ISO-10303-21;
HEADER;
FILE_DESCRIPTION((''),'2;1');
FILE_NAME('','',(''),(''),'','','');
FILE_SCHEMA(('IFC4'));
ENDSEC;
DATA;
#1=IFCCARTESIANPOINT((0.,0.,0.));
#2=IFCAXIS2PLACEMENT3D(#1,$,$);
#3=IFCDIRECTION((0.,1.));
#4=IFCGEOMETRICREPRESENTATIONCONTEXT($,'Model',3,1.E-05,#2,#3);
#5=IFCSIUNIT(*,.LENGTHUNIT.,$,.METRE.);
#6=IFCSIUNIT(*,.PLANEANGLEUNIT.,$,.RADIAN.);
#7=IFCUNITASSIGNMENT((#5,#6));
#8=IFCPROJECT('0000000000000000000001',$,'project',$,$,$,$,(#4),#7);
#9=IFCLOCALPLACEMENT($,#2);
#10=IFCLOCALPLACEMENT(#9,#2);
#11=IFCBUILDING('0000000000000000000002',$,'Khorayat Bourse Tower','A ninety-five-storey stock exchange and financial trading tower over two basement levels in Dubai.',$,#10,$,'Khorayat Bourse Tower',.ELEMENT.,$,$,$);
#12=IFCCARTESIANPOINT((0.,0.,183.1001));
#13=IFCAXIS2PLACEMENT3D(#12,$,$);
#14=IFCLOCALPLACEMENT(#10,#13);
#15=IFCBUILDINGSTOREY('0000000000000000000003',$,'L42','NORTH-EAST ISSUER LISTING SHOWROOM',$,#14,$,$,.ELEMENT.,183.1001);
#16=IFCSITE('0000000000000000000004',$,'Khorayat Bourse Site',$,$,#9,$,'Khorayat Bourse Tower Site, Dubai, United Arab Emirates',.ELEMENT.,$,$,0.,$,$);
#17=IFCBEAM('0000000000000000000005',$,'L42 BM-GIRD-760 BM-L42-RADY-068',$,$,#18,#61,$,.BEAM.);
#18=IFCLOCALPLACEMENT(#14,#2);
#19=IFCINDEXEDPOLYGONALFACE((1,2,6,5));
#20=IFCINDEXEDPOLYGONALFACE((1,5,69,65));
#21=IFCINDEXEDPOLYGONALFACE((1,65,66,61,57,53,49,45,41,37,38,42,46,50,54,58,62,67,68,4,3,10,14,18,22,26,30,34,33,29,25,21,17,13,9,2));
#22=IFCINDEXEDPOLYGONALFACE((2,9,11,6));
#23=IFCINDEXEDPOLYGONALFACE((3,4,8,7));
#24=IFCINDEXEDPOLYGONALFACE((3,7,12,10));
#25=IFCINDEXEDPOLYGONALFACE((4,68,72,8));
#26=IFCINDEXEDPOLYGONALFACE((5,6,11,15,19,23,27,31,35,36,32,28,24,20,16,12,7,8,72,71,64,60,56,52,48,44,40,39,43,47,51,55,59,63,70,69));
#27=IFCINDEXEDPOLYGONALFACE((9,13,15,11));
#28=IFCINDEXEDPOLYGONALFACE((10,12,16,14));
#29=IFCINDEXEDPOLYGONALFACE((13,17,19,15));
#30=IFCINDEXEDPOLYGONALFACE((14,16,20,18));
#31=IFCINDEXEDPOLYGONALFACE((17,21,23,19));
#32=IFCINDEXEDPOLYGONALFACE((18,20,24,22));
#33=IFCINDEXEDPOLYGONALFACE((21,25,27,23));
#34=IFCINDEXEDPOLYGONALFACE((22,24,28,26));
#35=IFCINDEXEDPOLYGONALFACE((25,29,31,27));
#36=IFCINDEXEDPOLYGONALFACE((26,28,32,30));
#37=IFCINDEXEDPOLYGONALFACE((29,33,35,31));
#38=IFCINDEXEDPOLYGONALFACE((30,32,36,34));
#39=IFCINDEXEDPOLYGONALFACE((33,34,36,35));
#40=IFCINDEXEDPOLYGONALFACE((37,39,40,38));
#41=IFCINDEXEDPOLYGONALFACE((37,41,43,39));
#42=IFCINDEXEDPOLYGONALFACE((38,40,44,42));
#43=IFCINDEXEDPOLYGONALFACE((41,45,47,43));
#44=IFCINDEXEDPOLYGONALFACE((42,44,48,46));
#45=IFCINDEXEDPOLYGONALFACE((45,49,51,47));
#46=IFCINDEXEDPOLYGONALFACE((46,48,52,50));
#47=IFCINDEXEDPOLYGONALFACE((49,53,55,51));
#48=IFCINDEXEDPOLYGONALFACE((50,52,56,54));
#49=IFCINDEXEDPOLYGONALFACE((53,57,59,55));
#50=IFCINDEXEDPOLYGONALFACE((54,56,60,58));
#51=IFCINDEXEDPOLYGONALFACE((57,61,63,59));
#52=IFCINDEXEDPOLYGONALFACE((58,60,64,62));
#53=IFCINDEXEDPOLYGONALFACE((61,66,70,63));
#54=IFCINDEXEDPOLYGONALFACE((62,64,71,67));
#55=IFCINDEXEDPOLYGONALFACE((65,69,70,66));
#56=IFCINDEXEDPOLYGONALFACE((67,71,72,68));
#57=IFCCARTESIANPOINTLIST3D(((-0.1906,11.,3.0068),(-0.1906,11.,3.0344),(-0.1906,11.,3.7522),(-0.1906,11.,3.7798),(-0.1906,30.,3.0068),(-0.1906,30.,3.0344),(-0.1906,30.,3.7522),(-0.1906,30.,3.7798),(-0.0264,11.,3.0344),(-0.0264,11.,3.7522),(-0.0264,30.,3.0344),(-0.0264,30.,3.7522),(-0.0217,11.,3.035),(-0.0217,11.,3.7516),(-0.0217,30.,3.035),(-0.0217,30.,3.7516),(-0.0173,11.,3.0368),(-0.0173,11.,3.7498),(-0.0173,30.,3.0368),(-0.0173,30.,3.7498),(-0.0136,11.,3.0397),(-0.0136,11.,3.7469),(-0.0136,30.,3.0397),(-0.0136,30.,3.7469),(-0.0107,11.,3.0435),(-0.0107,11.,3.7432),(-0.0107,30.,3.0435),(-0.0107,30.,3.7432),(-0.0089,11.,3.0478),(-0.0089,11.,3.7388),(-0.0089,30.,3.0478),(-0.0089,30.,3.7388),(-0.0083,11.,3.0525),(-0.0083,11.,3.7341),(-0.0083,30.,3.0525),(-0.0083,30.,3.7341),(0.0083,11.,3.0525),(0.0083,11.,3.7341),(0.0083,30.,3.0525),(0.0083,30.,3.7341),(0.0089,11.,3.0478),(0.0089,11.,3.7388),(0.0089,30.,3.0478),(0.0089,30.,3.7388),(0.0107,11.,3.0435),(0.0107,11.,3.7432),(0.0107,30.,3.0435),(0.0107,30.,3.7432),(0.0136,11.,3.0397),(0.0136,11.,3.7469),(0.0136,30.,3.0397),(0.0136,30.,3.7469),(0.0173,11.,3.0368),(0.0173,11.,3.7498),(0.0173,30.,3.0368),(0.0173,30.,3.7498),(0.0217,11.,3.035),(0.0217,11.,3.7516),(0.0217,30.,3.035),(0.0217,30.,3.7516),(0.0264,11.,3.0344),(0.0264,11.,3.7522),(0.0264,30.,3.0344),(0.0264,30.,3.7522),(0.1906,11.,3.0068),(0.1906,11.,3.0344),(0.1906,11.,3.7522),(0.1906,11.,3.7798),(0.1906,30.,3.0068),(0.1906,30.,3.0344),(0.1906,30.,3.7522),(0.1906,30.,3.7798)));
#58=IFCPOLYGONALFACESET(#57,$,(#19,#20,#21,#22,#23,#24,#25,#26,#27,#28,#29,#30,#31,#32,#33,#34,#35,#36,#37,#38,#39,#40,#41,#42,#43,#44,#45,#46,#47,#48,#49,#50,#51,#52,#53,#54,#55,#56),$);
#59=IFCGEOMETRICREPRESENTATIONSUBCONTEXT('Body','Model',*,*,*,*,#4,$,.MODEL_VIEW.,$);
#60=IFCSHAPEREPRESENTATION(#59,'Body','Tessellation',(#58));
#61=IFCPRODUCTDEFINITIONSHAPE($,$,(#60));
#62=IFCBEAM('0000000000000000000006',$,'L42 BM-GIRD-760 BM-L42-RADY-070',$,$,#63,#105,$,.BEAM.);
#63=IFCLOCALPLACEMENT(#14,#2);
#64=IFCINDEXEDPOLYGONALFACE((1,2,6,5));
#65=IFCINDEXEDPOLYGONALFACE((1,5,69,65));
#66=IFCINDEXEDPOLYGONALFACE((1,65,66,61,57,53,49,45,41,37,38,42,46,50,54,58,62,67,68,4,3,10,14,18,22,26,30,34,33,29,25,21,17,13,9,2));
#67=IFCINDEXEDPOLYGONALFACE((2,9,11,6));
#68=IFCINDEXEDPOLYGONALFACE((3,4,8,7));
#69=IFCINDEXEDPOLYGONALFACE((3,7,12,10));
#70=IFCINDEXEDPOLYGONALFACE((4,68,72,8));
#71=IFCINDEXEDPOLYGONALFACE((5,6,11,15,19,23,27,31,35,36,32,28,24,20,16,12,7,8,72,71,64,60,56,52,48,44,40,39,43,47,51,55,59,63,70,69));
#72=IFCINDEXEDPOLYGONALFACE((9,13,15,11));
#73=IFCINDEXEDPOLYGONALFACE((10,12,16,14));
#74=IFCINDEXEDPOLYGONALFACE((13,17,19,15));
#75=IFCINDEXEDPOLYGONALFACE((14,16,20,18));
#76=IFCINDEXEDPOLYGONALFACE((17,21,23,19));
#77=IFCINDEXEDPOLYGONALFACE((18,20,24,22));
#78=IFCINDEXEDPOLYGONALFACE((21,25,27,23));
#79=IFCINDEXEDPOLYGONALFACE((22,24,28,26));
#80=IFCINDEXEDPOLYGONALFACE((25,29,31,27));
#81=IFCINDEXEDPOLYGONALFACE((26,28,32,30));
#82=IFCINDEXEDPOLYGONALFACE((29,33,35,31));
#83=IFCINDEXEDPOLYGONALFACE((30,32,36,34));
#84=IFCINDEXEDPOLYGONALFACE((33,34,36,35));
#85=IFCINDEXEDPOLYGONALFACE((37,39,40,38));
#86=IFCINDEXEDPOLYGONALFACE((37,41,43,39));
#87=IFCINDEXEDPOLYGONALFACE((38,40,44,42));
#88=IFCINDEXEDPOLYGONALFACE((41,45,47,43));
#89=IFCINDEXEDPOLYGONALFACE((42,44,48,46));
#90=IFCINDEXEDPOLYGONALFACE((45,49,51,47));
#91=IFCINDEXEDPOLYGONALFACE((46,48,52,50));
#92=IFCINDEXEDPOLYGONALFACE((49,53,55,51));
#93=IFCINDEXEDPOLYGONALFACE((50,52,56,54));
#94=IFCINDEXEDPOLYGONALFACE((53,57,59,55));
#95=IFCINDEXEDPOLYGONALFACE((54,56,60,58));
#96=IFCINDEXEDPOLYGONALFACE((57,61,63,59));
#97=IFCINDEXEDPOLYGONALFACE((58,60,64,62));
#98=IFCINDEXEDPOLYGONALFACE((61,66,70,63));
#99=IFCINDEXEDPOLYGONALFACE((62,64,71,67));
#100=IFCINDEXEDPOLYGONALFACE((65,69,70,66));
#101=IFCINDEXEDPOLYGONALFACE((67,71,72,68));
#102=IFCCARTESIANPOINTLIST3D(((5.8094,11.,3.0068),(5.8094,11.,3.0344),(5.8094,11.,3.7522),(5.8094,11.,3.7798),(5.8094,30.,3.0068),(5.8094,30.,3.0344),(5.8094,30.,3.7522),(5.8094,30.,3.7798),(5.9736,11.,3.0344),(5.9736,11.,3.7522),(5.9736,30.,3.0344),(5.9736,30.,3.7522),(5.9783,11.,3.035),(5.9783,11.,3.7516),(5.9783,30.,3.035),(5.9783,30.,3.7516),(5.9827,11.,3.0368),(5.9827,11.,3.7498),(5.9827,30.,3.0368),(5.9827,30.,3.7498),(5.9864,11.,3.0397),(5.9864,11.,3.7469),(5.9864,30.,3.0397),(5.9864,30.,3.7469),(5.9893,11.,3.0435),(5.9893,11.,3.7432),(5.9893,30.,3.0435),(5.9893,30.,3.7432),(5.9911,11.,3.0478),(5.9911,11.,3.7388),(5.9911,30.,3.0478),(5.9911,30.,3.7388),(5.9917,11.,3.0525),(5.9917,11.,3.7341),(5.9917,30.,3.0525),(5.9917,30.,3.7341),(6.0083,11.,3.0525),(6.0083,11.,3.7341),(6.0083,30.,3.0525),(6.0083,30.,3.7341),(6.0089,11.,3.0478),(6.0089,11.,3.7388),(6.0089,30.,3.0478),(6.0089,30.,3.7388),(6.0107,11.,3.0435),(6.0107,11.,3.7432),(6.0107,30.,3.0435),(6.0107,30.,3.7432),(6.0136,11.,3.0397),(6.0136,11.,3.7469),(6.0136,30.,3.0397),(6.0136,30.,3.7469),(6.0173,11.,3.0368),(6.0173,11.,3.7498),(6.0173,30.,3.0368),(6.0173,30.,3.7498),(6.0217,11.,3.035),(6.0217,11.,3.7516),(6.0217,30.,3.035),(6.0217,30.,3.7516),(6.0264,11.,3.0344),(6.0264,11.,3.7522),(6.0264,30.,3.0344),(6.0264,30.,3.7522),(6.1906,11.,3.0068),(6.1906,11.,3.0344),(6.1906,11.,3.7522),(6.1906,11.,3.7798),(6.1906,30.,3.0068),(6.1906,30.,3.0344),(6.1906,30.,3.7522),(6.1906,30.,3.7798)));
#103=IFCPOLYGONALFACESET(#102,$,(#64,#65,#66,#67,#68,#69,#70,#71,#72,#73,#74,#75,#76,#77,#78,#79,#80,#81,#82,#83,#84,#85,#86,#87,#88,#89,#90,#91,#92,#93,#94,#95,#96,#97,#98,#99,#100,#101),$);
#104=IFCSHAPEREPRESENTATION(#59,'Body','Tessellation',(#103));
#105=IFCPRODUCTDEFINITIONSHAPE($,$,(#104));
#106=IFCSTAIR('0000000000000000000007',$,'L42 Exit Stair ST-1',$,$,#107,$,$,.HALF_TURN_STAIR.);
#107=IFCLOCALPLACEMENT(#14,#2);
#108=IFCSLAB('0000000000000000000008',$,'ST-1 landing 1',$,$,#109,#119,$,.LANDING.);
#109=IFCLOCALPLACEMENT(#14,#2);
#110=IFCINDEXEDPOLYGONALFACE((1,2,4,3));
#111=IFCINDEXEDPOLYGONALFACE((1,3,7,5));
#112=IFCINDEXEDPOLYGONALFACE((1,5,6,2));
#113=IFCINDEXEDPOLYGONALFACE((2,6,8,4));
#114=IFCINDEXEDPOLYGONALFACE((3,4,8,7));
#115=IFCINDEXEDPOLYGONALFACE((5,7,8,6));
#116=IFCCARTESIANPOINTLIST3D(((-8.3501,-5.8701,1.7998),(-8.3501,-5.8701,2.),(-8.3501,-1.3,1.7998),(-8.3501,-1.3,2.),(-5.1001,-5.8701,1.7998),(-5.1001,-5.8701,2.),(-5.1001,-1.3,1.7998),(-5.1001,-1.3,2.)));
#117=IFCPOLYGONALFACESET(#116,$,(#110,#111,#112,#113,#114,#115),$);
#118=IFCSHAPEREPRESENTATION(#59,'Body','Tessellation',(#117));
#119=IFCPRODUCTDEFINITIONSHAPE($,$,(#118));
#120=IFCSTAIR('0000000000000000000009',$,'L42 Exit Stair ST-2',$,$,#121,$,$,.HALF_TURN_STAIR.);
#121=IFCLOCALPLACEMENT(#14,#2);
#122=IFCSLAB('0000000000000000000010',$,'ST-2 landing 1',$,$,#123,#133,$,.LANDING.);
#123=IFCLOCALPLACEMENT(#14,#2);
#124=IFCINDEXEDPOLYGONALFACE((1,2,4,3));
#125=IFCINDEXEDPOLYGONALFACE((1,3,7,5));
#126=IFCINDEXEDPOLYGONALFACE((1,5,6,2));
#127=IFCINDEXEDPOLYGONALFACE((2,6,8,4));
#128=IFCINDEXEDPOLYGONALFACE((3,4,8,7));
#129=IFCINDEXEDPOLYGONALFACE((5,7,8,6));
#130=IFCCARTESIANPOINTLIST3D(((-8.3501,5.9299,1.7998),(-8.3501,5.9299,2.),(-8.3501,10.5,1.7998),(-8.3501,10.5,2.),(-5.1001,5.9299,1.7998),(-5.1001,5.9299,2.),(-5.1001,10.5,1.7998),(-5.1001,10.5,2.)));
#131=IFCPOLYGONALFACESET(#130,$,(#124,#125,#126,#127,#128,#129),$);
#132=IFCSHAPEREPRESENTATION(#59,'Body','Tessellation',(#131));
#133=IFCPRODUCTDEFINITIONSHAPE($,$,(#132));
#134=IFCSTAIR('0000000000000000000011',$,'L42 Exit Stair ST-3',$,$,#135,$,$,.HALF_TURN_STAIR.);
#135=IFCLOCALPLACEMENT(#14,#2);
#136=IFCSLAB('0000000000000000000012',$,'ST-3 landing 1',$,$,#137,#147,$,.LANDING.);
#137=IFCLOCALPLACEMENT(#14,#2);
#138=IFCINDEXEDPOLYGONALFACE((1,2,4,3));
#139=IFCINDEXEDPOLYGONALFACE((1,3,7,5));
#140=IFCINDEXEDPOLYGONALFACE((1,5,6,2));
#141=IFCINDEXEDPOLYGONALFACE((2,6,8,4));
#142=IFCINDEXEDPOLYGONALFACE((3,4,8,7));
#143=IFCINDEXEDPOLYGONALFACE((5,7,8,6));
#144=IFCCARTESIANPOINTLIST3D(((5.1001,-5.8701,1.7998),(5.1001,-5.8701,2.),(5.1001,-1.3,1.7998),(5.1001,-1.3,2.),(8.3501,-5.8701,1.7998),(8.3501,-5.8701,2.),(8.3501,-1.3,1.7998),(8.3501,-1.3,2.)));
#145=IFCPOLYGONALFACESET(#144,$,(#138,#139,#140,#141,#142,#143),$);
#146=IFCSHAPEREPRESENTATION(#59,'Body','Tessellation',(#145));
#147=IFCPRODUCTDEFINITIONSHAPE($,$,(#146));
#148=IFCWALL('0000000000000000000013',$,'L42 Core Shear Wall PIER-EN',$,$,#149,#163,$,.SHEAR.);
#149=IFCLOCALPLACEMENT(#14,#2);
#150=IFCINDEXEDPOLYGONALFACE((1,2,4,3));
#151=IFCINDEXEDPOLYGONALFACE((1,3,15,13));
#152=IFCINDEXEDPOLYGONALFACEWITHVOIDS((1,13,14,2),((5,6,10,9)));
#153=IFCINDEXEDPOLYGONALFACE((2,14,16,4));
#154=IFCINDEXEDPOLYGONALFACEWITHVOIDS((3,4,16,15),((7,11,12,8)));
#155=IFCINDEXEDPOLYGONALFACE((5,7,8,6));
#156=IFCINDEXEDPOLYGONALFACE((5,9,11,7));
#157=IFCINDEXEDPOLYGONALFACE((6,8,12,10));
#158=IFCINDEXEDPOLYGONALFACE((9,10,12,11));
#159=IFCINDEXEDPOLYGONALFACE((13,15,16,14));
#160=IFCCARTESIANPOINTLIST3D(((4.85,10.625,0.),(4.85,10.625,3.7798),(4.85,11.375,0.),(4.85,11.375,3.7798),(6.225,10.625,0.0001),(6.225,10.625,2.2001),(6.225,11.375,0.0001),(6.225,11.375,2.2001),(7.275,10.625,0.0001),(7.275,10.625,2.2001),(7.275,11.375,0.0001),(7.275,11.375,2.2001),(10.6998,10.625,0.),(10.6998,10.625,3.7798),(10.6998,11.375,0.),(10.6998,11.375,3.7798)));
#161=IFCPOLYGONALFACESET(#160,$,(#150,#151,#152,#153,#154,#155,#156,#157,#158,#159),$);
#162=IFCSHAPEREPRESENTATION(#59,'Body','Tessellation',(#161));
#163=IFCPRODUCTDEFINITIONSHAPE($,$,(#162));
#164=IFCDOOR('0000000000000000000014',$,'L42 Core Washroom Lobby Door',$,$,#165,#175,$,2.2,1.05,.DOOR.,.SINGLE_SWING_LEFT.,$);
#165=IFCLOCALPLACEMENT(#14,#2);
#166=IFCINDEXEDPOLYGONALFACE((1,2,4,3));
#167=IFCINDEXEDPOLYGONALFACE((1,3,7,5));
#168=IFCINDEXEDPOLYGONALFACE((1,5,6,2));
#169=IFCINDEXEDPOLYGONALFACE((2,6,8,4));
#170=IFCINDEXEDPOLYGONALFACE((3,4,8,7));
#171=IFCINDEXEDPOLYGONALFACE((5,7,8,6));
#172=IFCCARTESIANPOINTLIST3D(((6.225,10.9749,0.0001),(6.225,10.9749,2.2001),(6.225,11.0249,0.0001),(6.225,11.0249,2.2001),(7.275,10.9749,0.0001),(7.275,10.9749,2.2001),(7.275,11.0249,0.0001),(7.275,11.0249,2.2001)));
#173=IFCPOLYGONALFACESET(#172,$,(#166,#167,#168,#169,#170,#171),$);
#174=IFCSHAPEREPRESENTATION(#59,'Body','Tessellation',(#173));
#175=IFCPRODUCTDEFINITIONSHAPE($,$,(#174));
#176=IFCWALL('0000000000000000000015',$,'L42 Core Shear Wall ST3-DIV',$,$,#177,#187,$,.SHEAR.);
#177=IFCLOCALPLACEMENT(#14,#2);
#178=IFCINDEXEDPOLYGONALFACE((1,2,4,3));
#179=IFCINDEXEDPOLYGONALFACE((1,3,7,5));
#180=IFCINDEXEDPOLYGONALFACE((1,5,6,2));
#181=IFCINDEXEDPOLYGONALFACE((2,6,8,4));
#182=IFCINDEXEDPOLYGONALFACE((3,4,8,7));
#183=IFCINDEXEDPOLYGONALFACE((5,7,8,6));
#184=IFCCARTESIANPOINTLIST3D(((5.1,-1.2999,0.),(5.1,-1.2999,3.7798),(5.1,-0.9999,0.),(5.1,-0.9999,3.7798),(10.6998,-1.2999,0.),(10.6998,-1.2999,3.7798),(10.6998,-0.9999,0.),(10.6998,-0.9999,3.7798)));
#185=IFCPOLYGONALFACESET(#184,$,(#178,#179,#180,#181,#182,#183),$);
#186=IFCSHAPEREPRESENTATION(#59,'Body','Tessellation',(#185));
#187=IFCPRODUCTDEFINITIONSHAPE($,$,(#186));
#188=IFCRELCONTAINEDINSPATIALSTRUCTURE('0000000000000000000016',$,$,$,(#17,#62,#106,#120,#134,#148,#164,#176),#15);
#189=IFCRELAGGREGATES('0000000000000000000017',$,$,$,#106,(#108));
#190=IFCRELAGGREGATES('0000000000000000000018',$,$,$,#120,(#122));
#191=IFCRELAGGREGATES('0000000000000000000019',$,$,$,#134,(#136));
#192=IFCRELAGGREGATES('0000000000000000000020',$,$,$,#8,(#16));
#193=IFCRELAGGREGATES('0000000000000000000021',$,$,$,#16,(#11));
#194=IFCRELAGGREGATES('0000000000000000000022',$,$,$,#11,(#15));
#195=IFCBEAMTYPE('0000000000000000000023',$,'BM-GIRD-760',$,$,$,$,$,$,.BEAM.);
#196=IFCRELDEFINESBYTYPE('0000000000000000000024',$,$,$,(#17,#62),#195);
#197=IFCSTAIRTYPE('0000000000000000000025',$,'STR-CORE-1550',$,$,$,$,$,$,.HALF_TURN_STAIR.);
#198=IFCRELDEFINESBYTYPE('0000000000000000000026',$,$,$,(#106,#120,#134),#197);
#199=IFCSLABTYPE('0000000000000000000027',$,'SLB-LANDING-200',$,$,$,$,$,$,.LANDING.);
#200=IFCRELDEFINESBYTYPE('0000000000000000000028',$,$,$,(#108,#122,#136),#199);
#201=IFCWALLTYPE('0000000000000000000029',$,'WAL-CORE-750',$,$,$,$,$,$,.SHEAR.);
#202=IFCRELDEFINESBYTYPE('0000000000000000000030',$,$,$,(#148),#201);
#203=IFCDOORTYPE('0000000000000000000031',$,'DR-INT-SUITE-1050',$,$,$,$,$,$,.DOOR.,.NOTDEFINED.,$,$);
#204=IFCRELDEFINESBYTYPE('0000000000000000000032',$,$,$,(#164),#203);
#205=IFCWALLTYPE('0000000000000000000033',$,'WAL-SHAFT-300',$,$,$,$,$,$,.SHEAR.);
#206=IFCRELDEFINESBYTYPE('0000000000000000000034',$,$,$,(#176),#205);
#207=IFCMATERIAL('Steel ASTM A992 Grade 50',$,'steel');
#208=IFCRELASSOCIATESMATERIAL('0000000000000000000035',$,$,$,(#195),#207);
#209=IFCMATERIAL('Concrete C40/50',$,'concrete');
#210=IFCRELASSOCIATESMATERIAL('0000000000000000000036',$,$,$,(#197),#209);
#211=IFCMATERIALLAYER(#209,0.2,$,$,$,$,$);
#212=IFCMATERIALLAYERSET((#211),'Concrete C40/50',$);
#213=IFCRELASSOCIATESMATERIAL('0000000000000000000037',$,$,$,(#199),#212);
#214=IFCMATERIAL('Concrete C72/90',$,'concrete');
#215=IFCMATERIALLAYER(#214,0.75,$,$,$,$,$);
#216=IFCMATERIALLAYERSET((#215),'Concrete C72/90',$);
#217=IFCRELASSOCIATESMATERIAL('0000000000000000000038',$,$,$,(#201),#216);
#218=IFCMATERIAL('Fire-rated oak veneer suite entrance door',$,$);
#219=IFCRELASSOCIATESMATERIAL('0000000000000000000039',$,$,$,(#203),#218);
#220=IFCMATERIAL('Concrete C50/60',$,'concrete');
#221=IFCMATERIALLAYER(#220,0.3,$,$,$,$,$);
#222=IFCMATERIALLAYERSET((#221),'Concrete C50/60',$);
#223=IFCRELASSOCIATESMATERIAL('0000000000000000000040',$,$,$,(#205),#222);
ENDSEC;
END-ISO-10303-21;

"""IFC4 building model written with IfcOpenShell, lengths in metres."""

from ifc_helpers import new_model, si_unit, direction, frame, frame_2d, origin, origin_2d, place, context, subcontext, project, spatial, polyline, rectangle, i_section, outline, extrude, source, transform, mapped, material, layer, layer_set, material_profile, profile_set, type_object, element, fill, aggregate, save


model = new_model("IFC4")

# Units and contexts
model_context = context("Model", 3, precision=1e-05, world=origin(), true_north=direction((0.0, 1.0)))
body_context = subcontext(model_context, "Body", "Model", "MODEL_VIEW")
ifc_project = project(units=[si_unit("LENGTHUNIT", "METRE"), si_unit("PLANEANGLEUNIT", "RADIAN")], contexts=[model_context])

# Site, building, storey
site_placement = place(None, origin())
site = spatial("IfcSite", under=ifc_project, at=site_placement, Name="Khorayat Bourse Site", LongName="Khorayat Bourse Tower Site, Dubai, United Arab Emirates", CompositionType="ELEMENT", RefElevation=0.0)
building_placement = place(site_placement, origin())
building = spatial("IfcBuilding", under=site, at=building_placement, Name="Khorayat Bourse Tower", Description="A ninety-five-storey stock exchange and financial trading tower over two basement levels in Dubai.", LongName="Khorayat Bourse Tower", CompositionType="ELEMENT")
storey_placement = place(building_placement, frame((0.0, 0.0, 183.1001)))
storey = spatial("IfcBuildingStorey", under=building, at=storey_placement, Name="L42", Description="NORTH-EAST ISSUER LISTING SHOWROOM", CompositionType="ELEMENT", Elevation=183.1001)

# Beams
ifc_material_1 = material(Name="Steel ASTM A992 Grade 50", Category="steel")
ifc_material_2 = material(Name="Concrete C72/90", Category="concrete")
ifc_material_profile_1 = material_profile(ifc_material_1, i_section(OverallWidth=0.3811, OverallDepth=0.7729, WebThickness=0.0166, FlangeThickness=0.0276, FilletRadius=0.0181, at=origin_2d()), Name="W760X257")
ifc_profile_set_1 = profile_set([ifc_material_profile_1], Name="Steel ASTM A992 Grade 50")
beam_type_1 = type_object("IfcBeamType", Name="BM-GIRD-760", PredefinedType="BEAM", material=ifc_profile_set_1)
shared_shape_1 = source(origin(), body_context, "Body", "SweptSolid", [
    extrude(i_section(OverallWidth=0.3811, OverallDepth=0.7729, WebThickness=0.0166, FlangeThickness=0.0276, FilletRadius=0.0181, at=origin_2d()), origin(), (0.0, 0.0, 1.0), 19.0),
])
for number, where, z_axis, x_axis, name in (
    (1, (0.0, 11.0, 3.3933), (0.0, 1.0, 0.0), (-1.0, 0.0, 0.0), "L42 BM-GIRD-760 BM-L42-RADY-068"),
    (2, (6.0, 11.0, 3.3933), (0.0, 1.0, 0.0), (-1.0, 0.0, 0.0), "L42 BM-GIRD-760 BM-L42-RADY-070"),
):
    element("IfcBeam", number, at=place(storey_placement, frame(where, z_axis=z_axis, x_axis=x_axis)), inside=storey, type_object=beam_type_1, Name=name, PredefinedType="BEAM", context=body_context, shape_type="MappedRepresentation", body=[
        mapped(shared_shape_1, transform((0.0, 0.0, 0.0), scale=1.0)),
    ])

# Stairs, slabs
ifc_material_3 = material(Name="Concrete C40/50", Category="concrete")
stair_type = type_object("IfcStairType", Name="STR-CORE-1550", PredefinedType="HALF_TURN_STAIR", material=ifc_material_3)
stair_1_placement = place(storey_placement, origin())
stair_1 = element("IfcStair", 3, at=stair_1_placement, inside=storey, type_object=stair_type, Name="L42 Exit Stair ST-1", PredefinedType="HALF_TURN_STAIR")
ifc_layer_1 = layer(ifc_material_3, 0.2)
ifc_layer_set_1 = layer_set([ifc_layer_1], Name="Concrete C40/50")
slab_type = type_object("IfcSlabType", Name="SLB-LANDING-200", PredefinedType="LANDING", material=ifc_layer_set_1)
slab_1_placement = place(storey_placement, frame((0.0, 0.0, 1.7998)))
slab_1 = element("IfcSlab", 4, at=slab_1_placement, type_object=slab_type, Name="ST-1 landing 1", PredefinedType="LANDING", context=body_context, shape_type="SweptSolid", body=[
    extrude(outline(polyline([(-5.1001, -5.8701), (-5.1001, -1.3), (-8.3501, -1.3), (-8.3501, -5.8701), (-5.1001, -5.8701)])), origin(), (0.0, 0.0, 1.0), 0.2002),
])
aggregate(stair_1, [slab_1])
stair_2_placement = place(storey_placement, origin())
stair_2 = element("IfcStair", 5, at=stair_2_placement, inside=storey, type_object=stair_type, Name="L42 Exit Stair ST-2", PredefinedType="HALF_TURN_STAIR")
slab_2_placement = place(storey_placement, frame((0.0, 0.0, 1.7998)))
slab_2 = element("IfcSlab", 6, at=slab_2_placement, type_object=slab_type, Name="ST-2 landing 1", PredefinedType="LANDING", context=body_context, shape_type="SweptSolid", body=[
    extrude(outline(polyline([(-5.1001, 5.9299), (-5.1001, 10.5), (-8.3501, 10.5), (-8.3501, 5.9299), (-5.1001, 5.9299)])), origin(), (0.0, 0.0, 1.0), 0.2002),
])
aggregate(stair_2, [slab_2])
stair_3_placement = place(storey_placement, origin())
stair_3 = element("IfcStair", 7, at=stair_3_placement, inside=storey, type_object=stair_type, Name="L42 Exit Stair ST-3", PredefinedType="HALF_TURN_STAIR")
slab_3_placement = place(storey_placement, frame((0.0, 0.0, 1.7998)))
slab_3 = element("IfcSlab", 8, at=slab_3_placement, type_object=slab_type, Name="ST-3 landing 1", PredefinedType="LANDING", context=body_context, shape_type="SweptSolid", body=[
    extrude(outline(polyline([(8.3501, -5.8701), (8.3501, -1.3), (5.1001, -1.3), (5.1001, -5.8701), (8.3501, -5.8701)])), origin(), (0.0, 0.0, 1.0), 0.2002),
])
aggregate(stair_3, [slab_3])

# Wall, opening, door
ifc_layer_2 = layer(ifc_material_2, 0.75)
ifc_layer_set_2 = layer_set([ifc_layer_2], Name="Concrete C72/90")
wall_type_1 = type_object("IfcWallType", Name="WAL-CORE-750", PredefinedType="SHEAR", material=ifc_layer_set_2)
shared_shape_2 = source(origin(), body_context, "Body", "SweptSolid", [
    extrude(rectangle(XDim=5.8499, YDim=0.75, at=frame_2d((2.9248, 0.0))), origin(), (0.0, 0.0, 1.0), 3.7798),
])
wall_1_placement = place(storey_placement, frame((4.8501, 11.0, 0.0), z_axis=(0.0, 0.0, 1.0), x_axis=(1.0, 0.0, 0.0)))
wall_1 = element("IfcWall", 9, at=wall_1_placement, inside=storey, type_object=wall_type_1, Name="L42 Core Shear Wall PIER-EN", PredefinedType="SHEAR", context=body_context, shape_type="MappedRepresentation", body=[
    mapped(shared_shape_2, transform((0.0, 0.0, 0.0), scale=1.0)),
])
shared_shape_3 = source(origin(), body_context, "Body", "SweptSolid", [
    extrude(rectangle(XDim=1.05, YDim=2.2, at=frame_2d((0.5249, 1.1001))), frame((0.0, 0.385, 0.0), z_axis=(0.0, -1.0, 0.0), x_axis=(1.0, 0.0, 0.0)), (0.0, 0.0, 1.0), 0.77),
])
opening_1_placement = place(wall_1_placement, frame((1.375, 0.0, 0.0)))
opening_1 = element("IfcOpeningElement", 10, at=opening_1_placement, cuts=wall_1, PredefinedType="OPENING", context=body_context, shape_type="MappedRepresentation", body=[
    mapped(shared_shape_3, transform((0.0, 0.0, 0.0), scale=1.0)),
])
ifc_material_4 = material(Name="Fire-rated oak veneer suite entrance door")
door_type_1 = type_object("IfcDoorType", Name="DR-INT-SUITE-1050", OperationType="NOTDEFINED", PredefinedType="DOOR", material=ifc_material_4)
shared_shape_4 = source(origin(), body_context, "Body", "SweptSolid", [
    extrude(rectangle(XDim=1.05, YDim=2.2, at=frame_2d((0.5249, 1.1001))), frame((0.0, 0.0249, 0.0), z_axis=(0.0, -1.0, 0.0), x_axis=(1.0, 0.0, 0.0)), (0.0, 0.0, 1.0), 0.05),
])
door_1_placement = place(opening_1_placement, origin())
door_1 = element("IfcDoor", 11, at=door_1_placement, inside=storey, type_object=door_type_1, Name="L42 Core Washroom Lobby Door", OperationType="SINGLE_SWING_LEFT", OverallHeight=2.2, OverallWidth=1.05, PredefinedType="DOOR", context=body_context, shape_type="MappedRepresentation", body=[
    mapped(shared_shape_4, transform((0.0, 0.0, 0.0), scale=1.0)),
])
fill(opening_1, door_1)

# Wall
ifc_material_5 = material(Name="Concrete C50/60", Category="concrete")
ifc_layer_3 = layer(ifc_material_5, 0.3)
ifc_layer_set_3 = layer_set([ifc_layer_3], Name="Concrete C50/60")
wall_type_2 = type_object("IfcWallType", Name="WAL-SHAFT-300", PredefinedType="SHEAR", material=ifc_layer_set_3)
shared_shape_5 = source(origin(), body_context, "Body", "SweptSolid", [
    extrude(rectangle(XDim=5.5999, YDim=0.3, at=frame_2d((2.7998, 0.0))), origin(), (0.0, 0.0, 1.0), 3.7798),
])
wall_2_placement = place(storey_placement, frame((5.1001, -1.1499, 0.0), z_axis=(0.0, 0.0, 1.0), x_axis=(1.0, 0.0, 0.0)))
element("IfcWall", 12, at=wall_2_placement, inside=storey, type_object=wall_type_2, Name="L42 Core Shear Wall ST3-DIV", PredefinedType="SHEAR", context=body_context, shape_type="MappedRepresentation", body=[
    mapped(shared_shape_5, transform((0.0, 0.0, 0.0), scale=1.0)),
])

save(model, "model.ifc")
